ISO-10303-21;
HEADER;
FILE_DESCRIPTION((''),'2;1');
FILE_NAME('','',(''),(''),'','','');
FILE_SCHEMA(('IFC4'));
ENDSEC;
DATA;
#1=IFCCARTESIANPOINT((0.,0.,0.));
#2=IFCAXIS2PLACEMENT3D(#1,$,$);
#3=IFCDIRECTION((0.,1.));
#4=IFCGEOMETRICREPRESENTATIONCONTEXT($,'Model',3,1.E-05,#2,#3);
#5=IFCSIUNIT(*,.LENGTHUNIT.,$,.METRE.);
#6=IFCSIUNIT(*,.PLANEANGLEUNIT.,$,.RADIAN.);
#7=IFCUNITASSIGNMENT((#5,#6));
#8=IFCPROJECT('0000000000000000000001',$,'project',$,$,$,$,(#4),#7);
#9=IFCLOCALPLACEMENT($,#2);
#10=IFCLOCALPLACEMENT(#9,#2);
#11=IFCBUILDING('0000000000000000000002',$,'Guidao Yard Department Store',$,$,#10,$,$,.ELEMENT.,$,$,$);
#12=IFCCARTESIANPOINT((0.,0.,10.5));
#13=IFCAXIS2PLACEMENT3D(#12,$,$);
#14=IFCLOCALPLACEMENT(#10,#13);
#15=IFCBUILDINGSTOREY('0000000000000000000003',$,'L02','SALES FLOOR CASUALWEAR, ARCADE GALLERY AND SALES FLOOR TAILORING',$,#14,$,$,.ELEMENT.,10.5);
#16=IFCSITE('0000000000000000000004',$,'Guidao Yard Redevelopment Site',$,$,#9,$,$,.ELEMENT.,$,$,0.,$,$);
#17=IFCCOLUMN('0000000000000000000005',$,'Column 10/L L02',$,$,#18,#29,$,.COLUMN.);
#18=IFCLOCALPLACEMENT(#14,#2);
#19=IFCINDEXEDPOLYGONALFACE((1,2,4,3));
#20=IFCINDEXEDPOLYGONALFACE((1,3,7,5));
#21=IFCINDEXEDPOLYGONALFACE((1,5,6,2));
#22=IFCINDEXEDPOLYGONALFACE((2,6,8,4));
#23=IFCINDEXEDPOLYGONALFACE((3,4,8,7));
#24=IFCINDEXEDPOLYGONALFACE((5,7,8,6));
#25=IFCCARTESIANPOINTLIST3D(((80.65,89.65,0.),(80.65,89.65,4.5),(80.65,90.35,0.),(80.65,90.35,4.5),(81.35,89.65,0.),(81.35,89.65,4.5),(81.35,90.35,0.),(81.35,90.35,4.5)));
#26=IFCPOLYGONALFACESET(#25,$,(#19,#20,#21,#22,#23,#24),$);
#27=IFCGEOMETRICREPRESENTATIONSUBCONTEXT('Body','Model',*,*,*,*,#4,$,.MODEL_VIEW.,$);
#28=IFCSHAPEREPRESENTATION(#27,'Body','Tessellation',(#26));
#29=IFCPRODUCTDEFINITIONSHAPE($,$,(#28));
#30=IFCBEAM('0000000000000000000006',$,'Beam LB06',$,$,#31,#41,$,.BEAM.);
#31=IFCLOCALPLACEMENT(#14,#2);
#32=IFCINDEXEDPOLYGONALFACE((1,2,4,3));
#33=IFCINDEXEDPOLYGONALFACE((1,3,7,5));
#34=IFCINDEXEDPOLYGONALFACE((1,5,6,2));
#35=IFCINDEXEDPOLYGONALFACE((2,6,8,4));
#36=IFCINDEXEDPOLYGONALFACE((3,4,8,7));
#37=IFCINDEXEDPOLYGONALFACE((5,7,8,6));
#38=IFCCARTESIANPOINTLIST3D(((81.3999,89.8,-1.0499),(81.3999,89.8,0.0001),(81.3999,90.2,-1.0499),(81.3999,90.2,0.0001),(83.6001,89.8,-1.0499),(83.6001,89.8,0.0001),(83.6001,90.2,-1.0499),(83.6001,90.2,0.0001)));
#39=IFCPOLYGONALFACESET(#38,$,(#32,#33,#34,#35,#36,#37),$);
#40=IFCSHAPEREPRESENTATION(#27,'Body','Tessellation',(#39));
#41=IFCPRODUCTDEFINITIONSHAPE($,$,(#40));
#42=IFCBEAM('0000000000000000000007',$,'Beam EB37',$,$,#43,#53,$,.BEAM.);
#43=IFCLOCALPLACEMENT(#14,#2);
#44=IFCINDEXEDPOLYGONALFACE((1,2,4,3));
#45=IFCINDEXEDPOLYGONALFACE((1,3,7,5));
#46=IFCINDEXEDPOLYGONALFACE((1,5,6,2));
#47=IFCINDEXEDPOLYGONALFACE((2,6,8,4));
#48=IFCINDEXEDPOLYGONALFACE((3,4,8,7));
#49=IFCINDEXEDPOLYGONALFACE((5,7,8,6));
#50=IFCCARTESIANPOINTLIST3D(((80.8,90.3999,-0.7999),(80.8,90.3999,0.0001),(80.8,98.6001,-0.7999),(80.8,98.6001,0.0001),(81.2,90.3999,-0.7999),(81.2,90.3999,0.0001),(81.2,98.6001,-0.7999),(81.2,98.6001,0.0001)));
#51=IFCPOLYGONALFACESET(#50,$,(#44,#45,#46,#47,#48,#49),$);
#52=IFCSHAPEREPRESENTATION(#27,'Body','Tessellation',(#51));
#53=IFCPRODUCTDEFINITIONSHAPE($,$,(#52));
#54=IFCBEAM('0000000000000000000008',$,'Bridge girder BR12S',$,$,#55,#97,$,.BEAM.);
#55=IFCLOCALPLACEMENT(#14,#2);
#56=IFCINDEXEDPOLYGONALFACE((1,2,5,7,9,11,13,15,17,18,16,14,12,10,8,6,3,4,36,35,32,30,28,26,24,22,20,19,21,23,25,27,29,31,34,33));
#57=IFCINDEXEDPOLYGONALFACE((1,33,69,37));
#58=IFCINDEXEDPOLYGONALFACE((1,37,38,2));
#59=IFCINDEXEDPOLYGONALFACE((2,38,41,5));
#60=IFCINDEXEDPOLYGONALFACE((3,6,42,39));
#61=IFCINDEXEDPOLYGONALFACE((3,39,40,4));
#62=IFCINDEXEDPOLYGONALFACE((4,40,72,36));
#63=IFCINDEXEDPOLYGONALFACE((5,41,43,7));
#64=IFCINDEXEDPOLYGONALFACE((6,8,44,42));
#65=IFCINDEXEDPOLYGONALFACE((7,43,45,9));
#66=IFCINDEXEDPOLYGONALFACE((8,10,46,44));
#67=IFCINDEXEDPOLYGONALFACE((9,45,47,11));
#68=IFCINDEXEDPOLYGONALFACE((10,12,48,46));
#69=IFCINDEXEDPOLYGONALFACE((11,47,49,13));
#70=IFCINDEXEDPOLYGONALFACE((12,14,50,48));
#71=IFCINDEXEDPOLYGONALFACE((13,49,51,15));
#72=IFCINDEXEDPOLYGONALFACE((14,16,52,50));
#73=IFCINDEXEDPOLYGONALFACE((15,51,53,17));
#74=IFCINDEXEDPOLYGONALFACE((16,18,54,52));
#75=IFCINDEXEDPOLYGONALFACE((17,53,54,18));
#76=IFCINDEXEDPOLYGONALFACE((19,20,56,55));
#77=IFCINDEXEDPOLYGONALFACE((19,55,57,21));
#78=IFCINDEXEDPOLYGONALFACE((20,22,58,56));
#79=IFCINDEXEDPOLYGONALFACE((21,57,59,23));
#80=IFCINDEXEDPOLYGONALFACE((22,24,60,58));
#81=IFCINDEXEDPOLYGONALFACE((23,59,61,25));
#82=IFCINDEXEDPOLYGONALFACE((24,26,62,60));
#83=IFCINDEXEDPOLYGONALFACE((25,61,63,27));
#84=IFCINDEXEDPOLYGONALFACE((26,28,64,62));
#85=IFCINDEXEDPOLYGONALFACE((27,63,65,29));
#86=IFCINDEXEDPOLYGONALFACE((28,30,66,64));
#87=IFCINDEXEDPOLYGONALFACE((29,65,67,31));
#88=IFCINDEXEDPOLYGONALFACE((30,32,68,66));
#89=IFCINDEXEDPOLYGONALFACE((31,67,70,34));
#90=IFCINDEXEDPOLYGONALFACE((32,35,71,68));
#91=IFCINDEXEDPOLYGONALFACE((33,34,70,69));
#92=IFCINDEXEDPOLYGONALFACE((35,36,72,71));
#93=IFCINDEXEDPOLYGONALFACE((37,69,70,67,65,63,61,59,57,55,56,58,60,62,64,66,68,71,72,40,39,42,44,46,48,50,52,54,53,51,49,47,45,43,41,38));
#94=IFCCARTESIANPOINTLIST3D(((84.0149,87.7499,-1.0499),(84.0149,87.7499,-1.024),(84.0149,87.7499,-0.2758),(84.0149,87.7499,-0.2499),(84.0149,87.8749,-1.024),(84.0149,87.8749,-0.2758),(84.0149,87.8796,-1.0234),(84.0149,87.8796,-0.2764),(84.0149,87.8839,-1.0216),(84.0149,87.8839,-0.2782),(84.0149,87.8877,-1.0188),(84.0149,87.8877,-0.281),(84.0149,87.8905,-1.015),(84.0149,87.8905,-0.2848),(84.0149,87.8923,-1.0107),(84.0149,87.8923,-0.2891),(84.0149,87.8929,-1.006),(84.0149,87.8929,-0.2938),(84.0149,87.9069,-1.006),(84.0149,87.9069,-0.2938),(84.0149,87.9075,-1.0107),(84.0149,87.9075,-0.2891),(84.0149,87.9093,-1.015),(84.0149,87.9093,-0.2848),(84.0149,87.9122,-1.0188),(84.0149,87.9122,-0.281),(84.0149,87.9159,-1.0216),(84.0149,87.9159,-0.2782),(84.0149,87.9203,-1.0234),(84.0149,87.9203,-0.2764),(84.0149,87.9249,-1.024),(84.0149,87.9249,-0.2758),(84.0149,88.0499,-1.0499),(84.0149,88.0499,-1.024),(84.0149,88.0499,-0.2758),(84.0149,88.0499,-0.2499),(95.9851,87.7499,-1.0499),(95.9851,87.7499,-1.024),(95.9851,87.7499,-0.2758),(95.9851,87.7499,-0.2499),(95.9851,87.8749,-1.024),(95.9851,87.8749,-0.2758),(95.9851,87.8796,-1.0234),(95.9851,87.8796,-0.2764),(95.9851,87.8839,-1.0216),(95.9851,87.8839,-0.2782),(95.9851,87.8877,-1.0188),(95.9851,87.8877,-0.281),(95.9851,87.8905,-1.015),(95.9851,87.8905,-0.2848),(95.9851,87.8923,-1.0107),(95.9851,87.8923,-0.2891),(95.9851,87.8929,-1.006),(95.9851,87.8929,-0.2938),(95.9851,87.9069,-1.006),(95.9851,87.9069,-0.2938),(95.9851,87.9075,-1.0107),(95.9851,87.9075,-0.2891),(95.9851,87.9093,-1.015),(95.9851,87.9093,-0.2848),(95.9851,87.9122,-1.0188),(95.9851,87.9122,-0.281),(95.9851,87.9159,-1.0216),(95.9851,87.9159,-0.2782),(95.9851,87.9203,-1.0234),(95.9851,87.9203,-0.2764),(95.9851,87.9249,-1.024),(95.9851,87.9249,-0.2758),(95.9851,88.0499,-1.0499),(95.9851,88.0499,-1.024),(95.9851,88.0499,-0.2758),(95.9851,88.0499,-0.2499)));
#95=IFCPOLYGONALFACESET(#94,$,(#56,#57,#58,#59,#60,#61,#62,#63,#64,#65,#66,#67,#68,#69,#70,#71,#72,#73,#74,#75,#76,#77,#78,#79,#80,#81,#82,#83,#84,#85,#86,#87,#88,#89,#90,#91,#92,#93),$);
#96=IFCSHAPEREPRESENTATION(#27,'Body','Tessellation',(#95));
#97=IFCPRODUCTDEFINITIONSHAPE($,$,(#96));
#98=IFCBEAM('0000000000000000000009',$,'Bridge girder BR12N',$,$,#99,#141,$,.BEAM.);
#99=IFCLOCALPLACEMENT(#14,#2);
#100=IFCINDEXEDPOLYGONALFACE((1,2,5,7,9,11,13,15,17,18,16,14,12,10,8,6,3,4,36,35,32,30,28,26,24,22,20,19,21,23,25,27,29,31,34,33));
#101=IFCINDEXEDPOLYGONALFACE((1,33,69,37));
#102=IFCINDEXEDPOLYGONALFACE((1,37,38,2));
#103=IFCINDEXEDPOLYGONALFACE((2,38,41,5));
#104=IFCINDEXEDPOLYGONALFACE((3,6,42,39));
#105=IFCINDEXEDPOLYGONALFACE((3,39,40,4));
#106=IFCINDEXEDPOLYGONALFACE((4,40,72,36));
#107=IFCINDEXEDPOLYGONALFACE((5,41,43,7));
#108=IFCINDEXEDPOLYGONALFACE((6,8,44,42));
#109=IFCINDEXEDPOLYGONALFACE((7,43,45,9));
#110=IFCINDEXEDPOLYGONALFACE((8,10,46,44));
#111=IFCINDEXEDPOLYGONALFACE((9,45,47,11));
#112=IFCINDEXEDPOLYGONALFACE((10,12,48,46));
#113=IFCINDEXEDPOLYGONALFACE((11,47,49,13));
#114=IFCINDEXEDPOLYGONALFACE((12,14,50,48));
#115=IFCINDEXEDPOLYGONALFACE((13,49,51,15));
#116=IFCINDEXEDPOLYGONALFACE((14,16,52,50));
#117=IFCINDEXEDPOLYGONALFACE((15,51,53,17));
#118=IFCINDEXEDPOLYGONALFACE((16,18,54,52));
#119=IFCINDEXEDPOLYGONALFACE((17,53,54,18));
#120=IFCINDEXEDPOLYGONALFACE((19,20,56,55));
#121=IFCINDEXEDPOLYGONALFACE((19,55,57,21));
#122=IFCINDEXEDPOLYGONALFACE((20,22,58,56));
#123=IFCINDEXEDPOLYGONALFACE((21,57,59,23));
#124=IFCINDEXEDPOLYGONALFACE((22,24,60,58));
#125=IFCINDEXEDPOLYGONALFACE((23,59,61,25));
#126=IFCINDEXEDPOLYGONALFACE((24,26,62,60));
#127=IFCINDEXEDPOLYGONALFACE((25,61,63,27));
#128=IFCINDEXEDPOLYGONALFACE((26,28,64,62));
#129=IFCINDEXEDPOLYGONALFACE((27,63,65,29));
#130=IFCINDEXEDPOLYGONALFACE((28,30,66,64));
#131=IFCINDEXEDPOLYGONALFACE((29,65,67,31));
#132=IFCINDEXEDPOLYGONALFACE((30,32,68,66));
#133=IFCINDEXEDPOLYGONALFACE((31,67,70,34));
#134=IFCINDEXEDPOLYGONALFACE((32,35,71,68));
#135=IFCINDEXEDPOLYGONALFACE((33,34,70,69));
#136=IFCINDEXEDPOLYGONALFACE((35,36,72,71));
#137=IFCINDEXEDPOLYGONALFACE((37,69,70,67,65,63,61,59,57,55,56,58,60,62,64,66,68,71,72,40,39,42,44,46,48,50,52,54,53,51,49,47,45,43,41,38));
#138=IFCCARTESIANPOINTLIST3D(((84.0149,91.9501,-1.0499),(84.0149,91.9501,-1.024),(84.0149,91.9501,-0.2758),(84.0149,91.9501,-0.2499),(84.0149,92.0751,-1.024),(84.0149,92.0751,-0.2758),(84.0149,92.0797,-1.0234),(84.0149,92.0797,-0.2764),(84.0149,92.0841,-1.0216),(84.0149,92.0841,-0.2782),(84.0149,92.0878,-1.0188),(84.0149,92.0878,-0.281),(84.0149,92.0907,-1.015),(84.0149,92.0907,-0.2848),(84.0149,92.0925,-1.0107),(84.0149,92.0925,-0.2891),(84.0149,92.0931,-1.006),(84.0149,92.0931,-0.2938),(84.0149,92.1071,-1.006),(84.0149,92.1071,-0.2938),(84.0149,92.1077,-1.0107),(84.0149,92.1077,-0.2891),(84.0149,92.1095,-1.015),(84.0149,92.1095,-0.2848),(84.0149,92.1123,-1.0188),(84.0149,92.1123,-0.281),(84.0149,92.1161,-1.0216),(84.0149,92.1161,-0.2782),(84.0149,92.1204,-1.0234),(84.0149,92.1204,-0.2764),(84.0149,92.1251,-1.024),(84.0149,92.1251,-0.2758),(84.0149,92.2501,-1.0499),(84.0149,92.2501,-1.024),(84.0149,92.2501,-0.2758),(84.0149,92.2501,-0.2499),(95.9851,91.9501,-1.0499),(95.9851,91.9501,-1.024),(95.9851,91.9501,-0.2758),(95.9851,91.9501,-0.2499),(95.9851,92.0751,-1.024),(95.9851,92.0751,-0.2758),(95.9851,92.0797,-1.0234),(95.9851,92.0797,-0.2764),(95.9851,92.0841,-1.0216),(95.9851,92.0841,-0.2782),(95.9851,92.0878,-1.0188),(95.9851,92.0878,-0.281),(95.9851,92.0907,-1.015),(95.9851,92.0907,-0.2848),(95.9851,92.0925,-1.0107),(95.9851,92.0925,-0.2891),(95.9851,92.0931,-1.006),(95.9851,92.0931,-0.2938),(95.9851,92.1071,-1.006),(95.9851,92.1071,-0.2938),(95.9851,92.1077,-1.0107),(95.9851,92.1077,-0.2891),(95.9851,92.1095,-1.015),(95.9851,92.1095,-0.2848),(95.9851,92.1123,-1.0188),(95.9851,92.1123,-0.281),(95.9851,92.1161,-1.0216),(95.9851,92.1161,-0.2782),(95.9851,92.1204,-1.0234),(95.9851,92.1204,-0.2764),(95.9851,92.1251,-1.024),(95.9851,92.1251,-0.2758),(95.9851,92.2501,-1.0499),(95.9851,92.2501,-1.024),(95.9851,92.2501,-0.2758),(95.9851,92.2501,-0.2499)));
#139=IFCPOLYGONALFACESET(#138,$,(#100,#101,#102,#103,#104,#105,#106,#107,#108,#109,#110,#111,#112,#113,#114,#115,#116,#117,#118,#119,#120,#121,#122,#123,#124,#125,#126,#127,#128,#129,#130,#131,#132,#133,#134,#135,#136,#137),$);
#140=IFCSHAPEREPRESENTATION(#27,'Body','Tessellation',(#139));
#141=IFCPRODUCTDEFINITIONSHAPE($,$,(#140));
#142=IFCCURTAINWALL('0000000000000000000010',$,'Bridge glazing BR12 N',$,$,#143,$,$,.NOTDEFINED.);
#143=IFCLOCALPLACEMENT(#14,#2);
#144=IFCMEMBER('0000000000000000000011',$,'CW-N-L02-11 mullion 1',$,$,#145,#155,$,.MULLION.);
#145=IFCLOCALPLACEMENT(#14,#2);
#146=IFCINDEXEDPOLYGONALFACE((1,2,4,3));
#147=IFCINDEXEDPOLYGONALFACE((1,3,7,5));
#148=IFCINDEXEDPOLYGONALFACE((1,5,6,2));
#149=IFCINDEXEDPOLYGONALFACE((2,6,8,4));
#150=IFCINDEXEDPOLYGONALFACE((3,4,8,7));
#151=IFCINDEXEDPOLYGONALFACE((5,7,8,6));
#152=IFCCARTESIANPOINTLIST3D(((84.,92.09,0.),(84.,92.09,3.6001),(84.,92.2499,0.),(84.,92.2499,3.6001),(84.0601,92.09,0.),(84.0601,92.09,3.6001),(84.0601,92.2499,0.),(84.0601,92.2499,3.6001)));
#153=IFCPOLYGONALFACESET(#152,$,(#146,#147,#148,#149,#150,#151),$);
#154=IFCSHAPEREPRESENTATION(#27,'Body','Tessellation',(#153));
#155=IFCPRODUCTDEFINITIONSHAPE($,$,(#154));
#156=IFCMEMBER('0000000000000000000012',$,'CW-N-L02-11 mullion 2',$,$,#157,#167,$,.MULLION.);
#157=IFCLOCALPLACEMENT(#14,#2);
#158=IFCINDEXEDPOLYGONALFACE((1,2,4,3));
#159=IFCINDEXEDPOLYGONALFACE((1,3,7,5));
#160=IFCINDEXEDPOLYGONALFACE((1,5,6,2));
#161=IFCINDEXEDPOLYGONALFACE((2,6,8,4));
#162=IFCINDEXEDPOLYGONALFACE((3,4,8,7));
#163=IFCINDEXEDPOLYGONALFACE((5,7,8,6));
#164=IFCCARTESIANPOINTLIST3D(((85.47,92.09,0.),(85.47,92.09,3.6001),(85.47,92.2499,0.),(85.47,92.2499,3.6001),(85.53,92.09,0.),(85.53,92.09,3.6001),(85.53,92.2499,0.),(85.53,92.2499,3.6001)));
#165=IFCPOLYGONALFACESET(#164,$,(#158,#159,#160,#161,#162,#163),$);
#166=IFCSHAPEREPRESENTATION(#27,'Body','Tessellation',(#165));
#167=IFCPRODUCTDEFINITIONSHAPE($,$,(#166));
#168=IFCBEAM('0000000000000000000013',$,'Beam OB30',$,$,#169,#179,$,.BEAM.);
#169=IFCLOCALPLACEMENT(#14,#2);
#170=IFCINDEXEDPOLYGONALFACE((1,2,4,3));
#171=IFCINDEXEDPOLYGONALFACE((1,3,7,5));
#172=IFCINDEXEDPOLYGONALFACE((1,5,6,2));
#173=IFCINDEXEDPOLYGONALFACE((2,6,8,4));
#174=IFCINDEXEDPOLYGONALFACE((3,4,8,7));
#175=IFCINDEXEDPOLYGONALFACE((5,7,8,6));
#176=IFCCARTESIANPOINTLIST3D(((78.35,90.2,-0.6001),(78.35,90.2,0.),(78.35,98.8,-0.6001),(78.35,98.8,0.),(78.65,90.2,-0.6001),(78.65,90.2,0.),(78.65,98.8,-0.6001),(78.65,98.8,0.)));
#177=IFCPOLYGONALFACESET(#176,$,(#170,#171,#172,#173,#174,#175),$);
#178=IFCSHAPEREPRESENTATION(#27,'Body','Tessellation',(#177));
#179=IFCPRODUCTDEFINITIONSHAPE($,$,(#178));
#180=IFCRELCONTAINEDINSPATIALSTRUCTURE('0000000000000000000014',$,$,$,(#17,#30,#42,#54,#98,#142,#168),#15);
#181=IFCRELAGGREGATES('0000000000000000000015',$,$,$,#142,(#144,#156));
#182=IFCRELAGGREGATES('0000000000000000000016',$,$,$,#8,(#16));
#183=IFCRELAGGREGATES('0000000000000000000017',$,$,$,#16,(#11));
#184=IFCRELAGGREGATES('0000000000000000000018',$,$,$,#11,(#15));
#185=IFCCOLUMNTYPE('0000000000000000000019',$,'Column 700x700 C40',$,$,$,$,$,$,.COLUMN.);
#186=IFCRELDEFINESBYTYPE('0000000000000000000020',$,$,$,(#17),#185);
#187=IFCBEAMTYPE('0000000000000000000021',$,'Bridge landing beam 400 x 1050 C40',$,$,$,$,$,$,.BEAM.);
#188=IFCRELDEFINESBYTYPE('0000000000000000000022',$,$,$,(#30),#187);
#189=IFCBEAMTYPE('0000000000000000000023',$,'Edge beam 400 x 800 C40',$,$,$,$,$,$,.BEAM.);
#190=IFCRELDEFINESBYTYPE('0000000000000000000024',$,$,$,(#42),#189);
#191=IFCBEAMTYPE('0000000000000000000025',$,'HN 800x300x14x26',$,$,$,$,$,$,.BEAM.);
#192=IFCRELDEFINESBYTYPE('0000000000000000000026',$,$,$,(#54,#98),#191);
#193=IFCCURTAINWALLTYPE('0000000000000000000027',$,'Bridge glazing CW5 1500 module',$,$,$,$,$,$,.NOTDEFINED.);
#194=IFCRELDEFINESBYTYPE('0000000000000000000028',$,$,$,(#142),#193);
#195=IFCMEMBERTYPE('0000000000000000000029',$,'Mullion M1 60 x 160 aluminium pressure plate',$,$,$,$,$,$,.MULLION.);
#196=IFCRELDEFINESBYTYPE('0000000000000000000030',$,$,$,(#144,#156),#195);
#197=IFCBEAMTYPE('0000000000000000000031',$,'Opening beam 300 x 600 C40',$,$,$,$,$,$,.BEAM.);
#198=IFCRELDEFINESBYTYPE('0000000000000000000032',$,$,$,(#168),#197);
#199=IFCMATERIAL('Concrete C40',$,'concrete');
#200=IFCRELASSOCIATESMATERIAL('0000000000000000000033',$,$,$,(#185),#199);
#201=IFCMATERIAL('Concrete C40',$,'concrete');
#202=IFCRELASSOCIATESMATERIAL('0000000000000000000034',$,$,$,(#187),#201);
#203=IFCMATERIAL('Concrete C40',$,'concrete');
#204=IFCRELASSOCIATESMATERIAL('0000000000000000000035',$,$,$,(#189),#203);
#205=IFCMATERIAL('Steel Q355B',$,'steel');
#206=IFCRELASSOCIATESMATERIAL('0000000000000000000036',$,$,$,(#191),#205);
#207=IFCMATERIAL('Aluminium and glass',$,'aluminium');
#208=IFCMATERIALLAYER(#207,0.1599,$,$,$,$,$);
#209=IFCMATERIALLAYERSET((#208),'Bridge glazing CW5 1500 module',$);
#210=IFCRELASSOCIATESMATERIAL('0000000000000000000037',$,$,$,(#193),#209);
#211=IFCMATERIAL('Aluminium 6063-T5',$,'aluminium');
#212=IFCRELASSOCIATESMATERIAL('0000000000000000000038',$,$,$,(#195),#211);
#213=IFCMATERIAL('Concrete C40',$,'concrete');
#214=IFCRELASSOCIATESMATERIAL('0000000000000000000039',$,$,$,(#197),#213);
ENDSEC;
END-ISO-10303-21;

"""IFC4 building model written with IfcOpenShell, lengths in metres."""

from ifc_helpers import new_model, si_unit, direction, frame, origin, origin_2d, place, context, subcontext, project, spatial, rectangle, i_section, extrude, material, layer, layer_set, material_profile, profile_set, type_object, element, aggregate, save


model = new_model("IFC4")

# Units and contexts
model_context = context("Model", 3, precision=1e-05, world=origin(), true_north=direction((0.0, 1.0)))
body_context = subcontext(model_context, "Body", "Model", "MODEL_VIEW")
ifc_project = project(units=[si_unit("LENGTHUNIT", "METRE"), si_unit("PLANEANGLEUNIT", "RADIAN")], contexts=[model_context])

# Site, building, storey
site_placement = place(None, origin())
site = spatial("IfcSite", under=ifc_project, at=site_placement, Name="Guidao Yard Redevelopment Site", CompositionType="ELEMENT", RefElevation=0.0)
building_placement = place(site_placement, origin())
building = spatial("IfcBuilding", under=site, at=building_placement, Name="Guidao Yard Department Store", CompositionType="ELEMENT")
storey_placement = place(building_placement, frame((0.0, 0.0, 10.5)))
storey = spatial("IfcBuildingStorey", under=building, at=storey_placement, Name="L02", Description="SALES FLOOR CASUALWEAR, ARCADE GALLERY AND SALES FLOOR TAILORING", CompositionType="ELEMENT", Elevation=10.5)

# Column
ifc_material_1 = material(Name="Concrete C40", Category="concrete")
ifc_material_profile_1 = material_profile(ifc_material_1, rectangle(XDim=0.7, YDim=0.7, at=origin_2d()), Name="COL 700x700")
ifc_profile_set_1 = profile_set([ifc_material_profile_1], Name="Concrete C40")
column_type = type_object("IfcColumnType", Name="Column 700x700 C40", PredefinedType="COLUMN", material=ifc_profile_set_1)
column_placement = place(storey_placement, frame((81.0, 90.0, 0.0), z_axis=(0.0, 0.0, 1.0), x_axis=(1.0, 0.0, 0.0)))
element("IfcColumn", 1, at=column_placement, inside=storey, type_object=column_type, Name="Column 10/L L02", PredefinedType="COLUMN", context=body_context, shape_type="SweptSolid", body=[
    extrude(rectangle(XDim=0.7, YDim=0.7, at=origin_2d()), origin(), (0.0, 0.0, 1.0), 4.5),
])

# Beams
ifc_material_2 = material(Name="Concrete C40", Category="concrete")
ifc_material_profile_2 = material_profile(ifc_material_2, rectangle(XDim=0.3999, YDim=1.05, at=origin_2d()), Name="Bridge landing beam 400 x 1050 C40")
ifc_profile_set_2 = profile_set([ifc_material_profile_2], Name="Concrete C40")
beam_type_1 = type_object("IfcBeamType", Name="Bridge landing beam 400 x 1050 C40", PredefinedType="BEAM", material=ifc_profile_set_2)
beam_1_placement = place(storey_placement, frame((81.3999, 90.0, -0.5249), z_axis=(1.0, 0.0, 0.0), x_axis=(0.0, 1.0, 0.0)))
element("IfcBeam", 2, at=beam_1_placement, inside=storey, type_object=beam_type_1, Name="Beam LB06", PredefinedType="BEAM", context=body_context, shape_type="SweptSolid", body=[
    extrude(rectangle(XDim=0.3999, YDim=1.05, at=origin_2d()), origin(), (0.0, 0.0, 1.0), 2.2002),
])
ifc_material_3 = material(Name="Concrete C40", Category="concrete")
ifc_material_profile_3 = material_profile(ifc_material_3, rectangle(XDim=0.3999, YDim=0.8, at=origin_2d()), Name="Edge beam 400 x 800 C40")
ifc_profile_set_3 = profile_set([ifc_material_profile_3], Name="Concrete C40")
beam_type_2 = type_object("IfcBeamType", Name="Edge beam 400 x 800 C40", PredefinedType="BEAM", material=ifc_profile_set_3)
beam_2_placement = place(storey_placement, frame((81.0, 90.3999, -0.3999), z_axis=(0.0, 1.0, 0.0), x_axis=(-1.0, 0.0, 0.0)))
element("IfcBeam", 3, at=beam_2_placement, inside=storey, type_object=beam_type_2, Name="Beam EB37", PredefinedType="BEAM", context=body_context, shape_type="SweptSolid", body=[
    extrude(rectangle(XDim=0.3999, YDim=0.8, at=origin_2d()), origin(), (0.0, 0.0, 1.0), 8.2002),
])
ifc_material_4 = material(Name="Steel Q355B", Category="steel")
ifc_material_profile_4 = material_profile(ifc_material_4, i_section(OverallWidth=0.3, OverallDepth=0.8, WebThickness=0.0139, FlangeThickness=0.0259, FilletRadius=0.0181, at=origin_2d()), Name="HN 800x300x14x26")
ifc_profile_set_4 = profile_set([ifc_material_profile_4], Name="Steel Q355B")
beam_type_3 = type_object("IfcBeamType", Name="HN 800x300x14x26", PredefinedType="BEAM", material=ifc_profile_set_4)
for number, where, z_axis, x_axis, name in (
    (4, (84.0149, 87.8999, -0.6499), (1.0, 0.0, 0.0), (0.0, 1.0, 0.0), "Bridge girder BR12S"),
    (5, (84.0149, 92.1001, -0.6499), (1.0, 0.0, 0.0), (0.0, 1.0, 0.0), "Bridge girder BR12N"),
):
    element("IfcBeam", number, at=place(storey_placement, frame(where, z_axis=z_axis, x_axis=x_axis)), inside=storey, type_object=beam_type_3, Name=name, PredefinedType="BEAM", context=body_context, shape_type="SweptSolid", body=[
        extrude(i_section(OverallWidth=0.3, OverallDepth=0.8, WebThickness=0.0139, FlangeThickness=0.0259, FilletRadius=0.0181, at=origin_2d()), origin(), (0.0, 0.0, 1.0), 11.9702),
    ])

# Curtain wall, members
ifc_material_5 = material(Name="Aluminium and glass", Category="aluminium")
ifc_layer_1 = layer(ifc_material_5, 0.1599)
ifc_layer_set_1 = layer_set([ifc_layer_1], Name="Bridge glazing CW5 1500 module")
curtain_wall_type = type_object("IfcCurtainWallType", Name="Bridge glazing CW5 1500 module", PredefinedType="NOTDEFINED", material=ifc_layer_set_1)
curtain_wall_1_placement = place(storey_placement, origin())
curtain_wall_1 = element("IfcCurtainWall", 6, at=curtain_wall_1_placement, inside=storey, type_object=curtain_wall_type, Name="Bridge glazing BR12 N", PredefinedType="NOTDEFINED")
ifc_material_6 = material(Name="Aluminium 6063-T5", Category="aluminium")
ifc_material_profile_5 = material_profile(ifc_material_6, rectangle(XDim=0.0601, YDim=0.1599, at=origin_2d()), Name="Mullion M1 60 x 160 aluminium pressure plate")
ifc_profile_set_5 = profile_set([ifc_material_profile_5], Name="Aluminium 6063-T5")
member_type_1 = type_object("IfcMemberType", Name="Mullion M1 60 x 160 aluminium pressure plate", PredefinedType="MULLION", material=ifc_profile_set_5)
member_1_placement = place(storey_placement, frame((84.03, 92.1699, 0.0), z_axis=(0.0, 0.0, 1.0), x_axis=(1.0, 0.0, 0.0)))
member_1 = element("IfcMember", 7, at=member_1_placement, type_object=member_type_1, Name="CW-N-L02-11 mullion 1", PredefinedType="MULLION", context=body_context, shape_type="SweptSolid", body=[
    extrude(rectangle(XDim=0.0601, YDim=0.1599, at=origin_2d()), origin(), (0.0, 0.0, 1.0), 3.6001),
])
member_2_placement = place(storey_placement, frame((85.5, 92.1699, 0.0), z_axis=(0.0, 0.0, 1.0), x_axis=(1.0, 0.0, 0.0)))
member_2 = element("IfcMember", 8, at=member_2_placement, type_object=member_type_1, Name="CW-N-L02-11 mullion 2", PredefinedType="MULLION", context=body_context, shape_type="SweptSolid", body=[
    extrude(rectangle(XDim=0.0601, YDim=0.1599, at=origin_2d()), origin(), (0.0, 0.0, 1.0), 3.6001),
])

# Beam
ifc_material_7 = material(Name="Concrete C40", Category="concrete")
ifc_material_profile_6 = material_profile(ifc_material_7, rectangle(XDim=0.3, YDim=0.6001, at=origin_2d()), Name="Opening beam 300 x 600 C40")
ifc_profile_set_6 = profile_set([ifc_material_profile_6], Name="Concrete C40")
beam_type_4 = type_object("IfcBeamType", Name="Opening beam 300 x 600 C40", PredefinedType="BEAM", material=ifc_profile_set_6)
beam_3_placement = place(storey_placement, frame((78.5, 90.2, -0.3), z_axis=(0.0, 1.0, 0.0), x_axis=(-1.0, 0.0, 0.0)))
element("IfcBeam", 9, at=beam_3_placement, inside=storey, type_object=beam_type_4, Name="Beam OB30", PredefinedType="BEAM", context=body_context, shape_type="SweptSolid", body=[
    extrude(rectangle(XDim=0.3, YDim=0.6001, at=origin_2d()), origin(), (0.0, 0.0, 1.0), 8.6001),
])

aggregate(curtain_wall_1, [member_1, member_2])

save(model, "model.ifc")
